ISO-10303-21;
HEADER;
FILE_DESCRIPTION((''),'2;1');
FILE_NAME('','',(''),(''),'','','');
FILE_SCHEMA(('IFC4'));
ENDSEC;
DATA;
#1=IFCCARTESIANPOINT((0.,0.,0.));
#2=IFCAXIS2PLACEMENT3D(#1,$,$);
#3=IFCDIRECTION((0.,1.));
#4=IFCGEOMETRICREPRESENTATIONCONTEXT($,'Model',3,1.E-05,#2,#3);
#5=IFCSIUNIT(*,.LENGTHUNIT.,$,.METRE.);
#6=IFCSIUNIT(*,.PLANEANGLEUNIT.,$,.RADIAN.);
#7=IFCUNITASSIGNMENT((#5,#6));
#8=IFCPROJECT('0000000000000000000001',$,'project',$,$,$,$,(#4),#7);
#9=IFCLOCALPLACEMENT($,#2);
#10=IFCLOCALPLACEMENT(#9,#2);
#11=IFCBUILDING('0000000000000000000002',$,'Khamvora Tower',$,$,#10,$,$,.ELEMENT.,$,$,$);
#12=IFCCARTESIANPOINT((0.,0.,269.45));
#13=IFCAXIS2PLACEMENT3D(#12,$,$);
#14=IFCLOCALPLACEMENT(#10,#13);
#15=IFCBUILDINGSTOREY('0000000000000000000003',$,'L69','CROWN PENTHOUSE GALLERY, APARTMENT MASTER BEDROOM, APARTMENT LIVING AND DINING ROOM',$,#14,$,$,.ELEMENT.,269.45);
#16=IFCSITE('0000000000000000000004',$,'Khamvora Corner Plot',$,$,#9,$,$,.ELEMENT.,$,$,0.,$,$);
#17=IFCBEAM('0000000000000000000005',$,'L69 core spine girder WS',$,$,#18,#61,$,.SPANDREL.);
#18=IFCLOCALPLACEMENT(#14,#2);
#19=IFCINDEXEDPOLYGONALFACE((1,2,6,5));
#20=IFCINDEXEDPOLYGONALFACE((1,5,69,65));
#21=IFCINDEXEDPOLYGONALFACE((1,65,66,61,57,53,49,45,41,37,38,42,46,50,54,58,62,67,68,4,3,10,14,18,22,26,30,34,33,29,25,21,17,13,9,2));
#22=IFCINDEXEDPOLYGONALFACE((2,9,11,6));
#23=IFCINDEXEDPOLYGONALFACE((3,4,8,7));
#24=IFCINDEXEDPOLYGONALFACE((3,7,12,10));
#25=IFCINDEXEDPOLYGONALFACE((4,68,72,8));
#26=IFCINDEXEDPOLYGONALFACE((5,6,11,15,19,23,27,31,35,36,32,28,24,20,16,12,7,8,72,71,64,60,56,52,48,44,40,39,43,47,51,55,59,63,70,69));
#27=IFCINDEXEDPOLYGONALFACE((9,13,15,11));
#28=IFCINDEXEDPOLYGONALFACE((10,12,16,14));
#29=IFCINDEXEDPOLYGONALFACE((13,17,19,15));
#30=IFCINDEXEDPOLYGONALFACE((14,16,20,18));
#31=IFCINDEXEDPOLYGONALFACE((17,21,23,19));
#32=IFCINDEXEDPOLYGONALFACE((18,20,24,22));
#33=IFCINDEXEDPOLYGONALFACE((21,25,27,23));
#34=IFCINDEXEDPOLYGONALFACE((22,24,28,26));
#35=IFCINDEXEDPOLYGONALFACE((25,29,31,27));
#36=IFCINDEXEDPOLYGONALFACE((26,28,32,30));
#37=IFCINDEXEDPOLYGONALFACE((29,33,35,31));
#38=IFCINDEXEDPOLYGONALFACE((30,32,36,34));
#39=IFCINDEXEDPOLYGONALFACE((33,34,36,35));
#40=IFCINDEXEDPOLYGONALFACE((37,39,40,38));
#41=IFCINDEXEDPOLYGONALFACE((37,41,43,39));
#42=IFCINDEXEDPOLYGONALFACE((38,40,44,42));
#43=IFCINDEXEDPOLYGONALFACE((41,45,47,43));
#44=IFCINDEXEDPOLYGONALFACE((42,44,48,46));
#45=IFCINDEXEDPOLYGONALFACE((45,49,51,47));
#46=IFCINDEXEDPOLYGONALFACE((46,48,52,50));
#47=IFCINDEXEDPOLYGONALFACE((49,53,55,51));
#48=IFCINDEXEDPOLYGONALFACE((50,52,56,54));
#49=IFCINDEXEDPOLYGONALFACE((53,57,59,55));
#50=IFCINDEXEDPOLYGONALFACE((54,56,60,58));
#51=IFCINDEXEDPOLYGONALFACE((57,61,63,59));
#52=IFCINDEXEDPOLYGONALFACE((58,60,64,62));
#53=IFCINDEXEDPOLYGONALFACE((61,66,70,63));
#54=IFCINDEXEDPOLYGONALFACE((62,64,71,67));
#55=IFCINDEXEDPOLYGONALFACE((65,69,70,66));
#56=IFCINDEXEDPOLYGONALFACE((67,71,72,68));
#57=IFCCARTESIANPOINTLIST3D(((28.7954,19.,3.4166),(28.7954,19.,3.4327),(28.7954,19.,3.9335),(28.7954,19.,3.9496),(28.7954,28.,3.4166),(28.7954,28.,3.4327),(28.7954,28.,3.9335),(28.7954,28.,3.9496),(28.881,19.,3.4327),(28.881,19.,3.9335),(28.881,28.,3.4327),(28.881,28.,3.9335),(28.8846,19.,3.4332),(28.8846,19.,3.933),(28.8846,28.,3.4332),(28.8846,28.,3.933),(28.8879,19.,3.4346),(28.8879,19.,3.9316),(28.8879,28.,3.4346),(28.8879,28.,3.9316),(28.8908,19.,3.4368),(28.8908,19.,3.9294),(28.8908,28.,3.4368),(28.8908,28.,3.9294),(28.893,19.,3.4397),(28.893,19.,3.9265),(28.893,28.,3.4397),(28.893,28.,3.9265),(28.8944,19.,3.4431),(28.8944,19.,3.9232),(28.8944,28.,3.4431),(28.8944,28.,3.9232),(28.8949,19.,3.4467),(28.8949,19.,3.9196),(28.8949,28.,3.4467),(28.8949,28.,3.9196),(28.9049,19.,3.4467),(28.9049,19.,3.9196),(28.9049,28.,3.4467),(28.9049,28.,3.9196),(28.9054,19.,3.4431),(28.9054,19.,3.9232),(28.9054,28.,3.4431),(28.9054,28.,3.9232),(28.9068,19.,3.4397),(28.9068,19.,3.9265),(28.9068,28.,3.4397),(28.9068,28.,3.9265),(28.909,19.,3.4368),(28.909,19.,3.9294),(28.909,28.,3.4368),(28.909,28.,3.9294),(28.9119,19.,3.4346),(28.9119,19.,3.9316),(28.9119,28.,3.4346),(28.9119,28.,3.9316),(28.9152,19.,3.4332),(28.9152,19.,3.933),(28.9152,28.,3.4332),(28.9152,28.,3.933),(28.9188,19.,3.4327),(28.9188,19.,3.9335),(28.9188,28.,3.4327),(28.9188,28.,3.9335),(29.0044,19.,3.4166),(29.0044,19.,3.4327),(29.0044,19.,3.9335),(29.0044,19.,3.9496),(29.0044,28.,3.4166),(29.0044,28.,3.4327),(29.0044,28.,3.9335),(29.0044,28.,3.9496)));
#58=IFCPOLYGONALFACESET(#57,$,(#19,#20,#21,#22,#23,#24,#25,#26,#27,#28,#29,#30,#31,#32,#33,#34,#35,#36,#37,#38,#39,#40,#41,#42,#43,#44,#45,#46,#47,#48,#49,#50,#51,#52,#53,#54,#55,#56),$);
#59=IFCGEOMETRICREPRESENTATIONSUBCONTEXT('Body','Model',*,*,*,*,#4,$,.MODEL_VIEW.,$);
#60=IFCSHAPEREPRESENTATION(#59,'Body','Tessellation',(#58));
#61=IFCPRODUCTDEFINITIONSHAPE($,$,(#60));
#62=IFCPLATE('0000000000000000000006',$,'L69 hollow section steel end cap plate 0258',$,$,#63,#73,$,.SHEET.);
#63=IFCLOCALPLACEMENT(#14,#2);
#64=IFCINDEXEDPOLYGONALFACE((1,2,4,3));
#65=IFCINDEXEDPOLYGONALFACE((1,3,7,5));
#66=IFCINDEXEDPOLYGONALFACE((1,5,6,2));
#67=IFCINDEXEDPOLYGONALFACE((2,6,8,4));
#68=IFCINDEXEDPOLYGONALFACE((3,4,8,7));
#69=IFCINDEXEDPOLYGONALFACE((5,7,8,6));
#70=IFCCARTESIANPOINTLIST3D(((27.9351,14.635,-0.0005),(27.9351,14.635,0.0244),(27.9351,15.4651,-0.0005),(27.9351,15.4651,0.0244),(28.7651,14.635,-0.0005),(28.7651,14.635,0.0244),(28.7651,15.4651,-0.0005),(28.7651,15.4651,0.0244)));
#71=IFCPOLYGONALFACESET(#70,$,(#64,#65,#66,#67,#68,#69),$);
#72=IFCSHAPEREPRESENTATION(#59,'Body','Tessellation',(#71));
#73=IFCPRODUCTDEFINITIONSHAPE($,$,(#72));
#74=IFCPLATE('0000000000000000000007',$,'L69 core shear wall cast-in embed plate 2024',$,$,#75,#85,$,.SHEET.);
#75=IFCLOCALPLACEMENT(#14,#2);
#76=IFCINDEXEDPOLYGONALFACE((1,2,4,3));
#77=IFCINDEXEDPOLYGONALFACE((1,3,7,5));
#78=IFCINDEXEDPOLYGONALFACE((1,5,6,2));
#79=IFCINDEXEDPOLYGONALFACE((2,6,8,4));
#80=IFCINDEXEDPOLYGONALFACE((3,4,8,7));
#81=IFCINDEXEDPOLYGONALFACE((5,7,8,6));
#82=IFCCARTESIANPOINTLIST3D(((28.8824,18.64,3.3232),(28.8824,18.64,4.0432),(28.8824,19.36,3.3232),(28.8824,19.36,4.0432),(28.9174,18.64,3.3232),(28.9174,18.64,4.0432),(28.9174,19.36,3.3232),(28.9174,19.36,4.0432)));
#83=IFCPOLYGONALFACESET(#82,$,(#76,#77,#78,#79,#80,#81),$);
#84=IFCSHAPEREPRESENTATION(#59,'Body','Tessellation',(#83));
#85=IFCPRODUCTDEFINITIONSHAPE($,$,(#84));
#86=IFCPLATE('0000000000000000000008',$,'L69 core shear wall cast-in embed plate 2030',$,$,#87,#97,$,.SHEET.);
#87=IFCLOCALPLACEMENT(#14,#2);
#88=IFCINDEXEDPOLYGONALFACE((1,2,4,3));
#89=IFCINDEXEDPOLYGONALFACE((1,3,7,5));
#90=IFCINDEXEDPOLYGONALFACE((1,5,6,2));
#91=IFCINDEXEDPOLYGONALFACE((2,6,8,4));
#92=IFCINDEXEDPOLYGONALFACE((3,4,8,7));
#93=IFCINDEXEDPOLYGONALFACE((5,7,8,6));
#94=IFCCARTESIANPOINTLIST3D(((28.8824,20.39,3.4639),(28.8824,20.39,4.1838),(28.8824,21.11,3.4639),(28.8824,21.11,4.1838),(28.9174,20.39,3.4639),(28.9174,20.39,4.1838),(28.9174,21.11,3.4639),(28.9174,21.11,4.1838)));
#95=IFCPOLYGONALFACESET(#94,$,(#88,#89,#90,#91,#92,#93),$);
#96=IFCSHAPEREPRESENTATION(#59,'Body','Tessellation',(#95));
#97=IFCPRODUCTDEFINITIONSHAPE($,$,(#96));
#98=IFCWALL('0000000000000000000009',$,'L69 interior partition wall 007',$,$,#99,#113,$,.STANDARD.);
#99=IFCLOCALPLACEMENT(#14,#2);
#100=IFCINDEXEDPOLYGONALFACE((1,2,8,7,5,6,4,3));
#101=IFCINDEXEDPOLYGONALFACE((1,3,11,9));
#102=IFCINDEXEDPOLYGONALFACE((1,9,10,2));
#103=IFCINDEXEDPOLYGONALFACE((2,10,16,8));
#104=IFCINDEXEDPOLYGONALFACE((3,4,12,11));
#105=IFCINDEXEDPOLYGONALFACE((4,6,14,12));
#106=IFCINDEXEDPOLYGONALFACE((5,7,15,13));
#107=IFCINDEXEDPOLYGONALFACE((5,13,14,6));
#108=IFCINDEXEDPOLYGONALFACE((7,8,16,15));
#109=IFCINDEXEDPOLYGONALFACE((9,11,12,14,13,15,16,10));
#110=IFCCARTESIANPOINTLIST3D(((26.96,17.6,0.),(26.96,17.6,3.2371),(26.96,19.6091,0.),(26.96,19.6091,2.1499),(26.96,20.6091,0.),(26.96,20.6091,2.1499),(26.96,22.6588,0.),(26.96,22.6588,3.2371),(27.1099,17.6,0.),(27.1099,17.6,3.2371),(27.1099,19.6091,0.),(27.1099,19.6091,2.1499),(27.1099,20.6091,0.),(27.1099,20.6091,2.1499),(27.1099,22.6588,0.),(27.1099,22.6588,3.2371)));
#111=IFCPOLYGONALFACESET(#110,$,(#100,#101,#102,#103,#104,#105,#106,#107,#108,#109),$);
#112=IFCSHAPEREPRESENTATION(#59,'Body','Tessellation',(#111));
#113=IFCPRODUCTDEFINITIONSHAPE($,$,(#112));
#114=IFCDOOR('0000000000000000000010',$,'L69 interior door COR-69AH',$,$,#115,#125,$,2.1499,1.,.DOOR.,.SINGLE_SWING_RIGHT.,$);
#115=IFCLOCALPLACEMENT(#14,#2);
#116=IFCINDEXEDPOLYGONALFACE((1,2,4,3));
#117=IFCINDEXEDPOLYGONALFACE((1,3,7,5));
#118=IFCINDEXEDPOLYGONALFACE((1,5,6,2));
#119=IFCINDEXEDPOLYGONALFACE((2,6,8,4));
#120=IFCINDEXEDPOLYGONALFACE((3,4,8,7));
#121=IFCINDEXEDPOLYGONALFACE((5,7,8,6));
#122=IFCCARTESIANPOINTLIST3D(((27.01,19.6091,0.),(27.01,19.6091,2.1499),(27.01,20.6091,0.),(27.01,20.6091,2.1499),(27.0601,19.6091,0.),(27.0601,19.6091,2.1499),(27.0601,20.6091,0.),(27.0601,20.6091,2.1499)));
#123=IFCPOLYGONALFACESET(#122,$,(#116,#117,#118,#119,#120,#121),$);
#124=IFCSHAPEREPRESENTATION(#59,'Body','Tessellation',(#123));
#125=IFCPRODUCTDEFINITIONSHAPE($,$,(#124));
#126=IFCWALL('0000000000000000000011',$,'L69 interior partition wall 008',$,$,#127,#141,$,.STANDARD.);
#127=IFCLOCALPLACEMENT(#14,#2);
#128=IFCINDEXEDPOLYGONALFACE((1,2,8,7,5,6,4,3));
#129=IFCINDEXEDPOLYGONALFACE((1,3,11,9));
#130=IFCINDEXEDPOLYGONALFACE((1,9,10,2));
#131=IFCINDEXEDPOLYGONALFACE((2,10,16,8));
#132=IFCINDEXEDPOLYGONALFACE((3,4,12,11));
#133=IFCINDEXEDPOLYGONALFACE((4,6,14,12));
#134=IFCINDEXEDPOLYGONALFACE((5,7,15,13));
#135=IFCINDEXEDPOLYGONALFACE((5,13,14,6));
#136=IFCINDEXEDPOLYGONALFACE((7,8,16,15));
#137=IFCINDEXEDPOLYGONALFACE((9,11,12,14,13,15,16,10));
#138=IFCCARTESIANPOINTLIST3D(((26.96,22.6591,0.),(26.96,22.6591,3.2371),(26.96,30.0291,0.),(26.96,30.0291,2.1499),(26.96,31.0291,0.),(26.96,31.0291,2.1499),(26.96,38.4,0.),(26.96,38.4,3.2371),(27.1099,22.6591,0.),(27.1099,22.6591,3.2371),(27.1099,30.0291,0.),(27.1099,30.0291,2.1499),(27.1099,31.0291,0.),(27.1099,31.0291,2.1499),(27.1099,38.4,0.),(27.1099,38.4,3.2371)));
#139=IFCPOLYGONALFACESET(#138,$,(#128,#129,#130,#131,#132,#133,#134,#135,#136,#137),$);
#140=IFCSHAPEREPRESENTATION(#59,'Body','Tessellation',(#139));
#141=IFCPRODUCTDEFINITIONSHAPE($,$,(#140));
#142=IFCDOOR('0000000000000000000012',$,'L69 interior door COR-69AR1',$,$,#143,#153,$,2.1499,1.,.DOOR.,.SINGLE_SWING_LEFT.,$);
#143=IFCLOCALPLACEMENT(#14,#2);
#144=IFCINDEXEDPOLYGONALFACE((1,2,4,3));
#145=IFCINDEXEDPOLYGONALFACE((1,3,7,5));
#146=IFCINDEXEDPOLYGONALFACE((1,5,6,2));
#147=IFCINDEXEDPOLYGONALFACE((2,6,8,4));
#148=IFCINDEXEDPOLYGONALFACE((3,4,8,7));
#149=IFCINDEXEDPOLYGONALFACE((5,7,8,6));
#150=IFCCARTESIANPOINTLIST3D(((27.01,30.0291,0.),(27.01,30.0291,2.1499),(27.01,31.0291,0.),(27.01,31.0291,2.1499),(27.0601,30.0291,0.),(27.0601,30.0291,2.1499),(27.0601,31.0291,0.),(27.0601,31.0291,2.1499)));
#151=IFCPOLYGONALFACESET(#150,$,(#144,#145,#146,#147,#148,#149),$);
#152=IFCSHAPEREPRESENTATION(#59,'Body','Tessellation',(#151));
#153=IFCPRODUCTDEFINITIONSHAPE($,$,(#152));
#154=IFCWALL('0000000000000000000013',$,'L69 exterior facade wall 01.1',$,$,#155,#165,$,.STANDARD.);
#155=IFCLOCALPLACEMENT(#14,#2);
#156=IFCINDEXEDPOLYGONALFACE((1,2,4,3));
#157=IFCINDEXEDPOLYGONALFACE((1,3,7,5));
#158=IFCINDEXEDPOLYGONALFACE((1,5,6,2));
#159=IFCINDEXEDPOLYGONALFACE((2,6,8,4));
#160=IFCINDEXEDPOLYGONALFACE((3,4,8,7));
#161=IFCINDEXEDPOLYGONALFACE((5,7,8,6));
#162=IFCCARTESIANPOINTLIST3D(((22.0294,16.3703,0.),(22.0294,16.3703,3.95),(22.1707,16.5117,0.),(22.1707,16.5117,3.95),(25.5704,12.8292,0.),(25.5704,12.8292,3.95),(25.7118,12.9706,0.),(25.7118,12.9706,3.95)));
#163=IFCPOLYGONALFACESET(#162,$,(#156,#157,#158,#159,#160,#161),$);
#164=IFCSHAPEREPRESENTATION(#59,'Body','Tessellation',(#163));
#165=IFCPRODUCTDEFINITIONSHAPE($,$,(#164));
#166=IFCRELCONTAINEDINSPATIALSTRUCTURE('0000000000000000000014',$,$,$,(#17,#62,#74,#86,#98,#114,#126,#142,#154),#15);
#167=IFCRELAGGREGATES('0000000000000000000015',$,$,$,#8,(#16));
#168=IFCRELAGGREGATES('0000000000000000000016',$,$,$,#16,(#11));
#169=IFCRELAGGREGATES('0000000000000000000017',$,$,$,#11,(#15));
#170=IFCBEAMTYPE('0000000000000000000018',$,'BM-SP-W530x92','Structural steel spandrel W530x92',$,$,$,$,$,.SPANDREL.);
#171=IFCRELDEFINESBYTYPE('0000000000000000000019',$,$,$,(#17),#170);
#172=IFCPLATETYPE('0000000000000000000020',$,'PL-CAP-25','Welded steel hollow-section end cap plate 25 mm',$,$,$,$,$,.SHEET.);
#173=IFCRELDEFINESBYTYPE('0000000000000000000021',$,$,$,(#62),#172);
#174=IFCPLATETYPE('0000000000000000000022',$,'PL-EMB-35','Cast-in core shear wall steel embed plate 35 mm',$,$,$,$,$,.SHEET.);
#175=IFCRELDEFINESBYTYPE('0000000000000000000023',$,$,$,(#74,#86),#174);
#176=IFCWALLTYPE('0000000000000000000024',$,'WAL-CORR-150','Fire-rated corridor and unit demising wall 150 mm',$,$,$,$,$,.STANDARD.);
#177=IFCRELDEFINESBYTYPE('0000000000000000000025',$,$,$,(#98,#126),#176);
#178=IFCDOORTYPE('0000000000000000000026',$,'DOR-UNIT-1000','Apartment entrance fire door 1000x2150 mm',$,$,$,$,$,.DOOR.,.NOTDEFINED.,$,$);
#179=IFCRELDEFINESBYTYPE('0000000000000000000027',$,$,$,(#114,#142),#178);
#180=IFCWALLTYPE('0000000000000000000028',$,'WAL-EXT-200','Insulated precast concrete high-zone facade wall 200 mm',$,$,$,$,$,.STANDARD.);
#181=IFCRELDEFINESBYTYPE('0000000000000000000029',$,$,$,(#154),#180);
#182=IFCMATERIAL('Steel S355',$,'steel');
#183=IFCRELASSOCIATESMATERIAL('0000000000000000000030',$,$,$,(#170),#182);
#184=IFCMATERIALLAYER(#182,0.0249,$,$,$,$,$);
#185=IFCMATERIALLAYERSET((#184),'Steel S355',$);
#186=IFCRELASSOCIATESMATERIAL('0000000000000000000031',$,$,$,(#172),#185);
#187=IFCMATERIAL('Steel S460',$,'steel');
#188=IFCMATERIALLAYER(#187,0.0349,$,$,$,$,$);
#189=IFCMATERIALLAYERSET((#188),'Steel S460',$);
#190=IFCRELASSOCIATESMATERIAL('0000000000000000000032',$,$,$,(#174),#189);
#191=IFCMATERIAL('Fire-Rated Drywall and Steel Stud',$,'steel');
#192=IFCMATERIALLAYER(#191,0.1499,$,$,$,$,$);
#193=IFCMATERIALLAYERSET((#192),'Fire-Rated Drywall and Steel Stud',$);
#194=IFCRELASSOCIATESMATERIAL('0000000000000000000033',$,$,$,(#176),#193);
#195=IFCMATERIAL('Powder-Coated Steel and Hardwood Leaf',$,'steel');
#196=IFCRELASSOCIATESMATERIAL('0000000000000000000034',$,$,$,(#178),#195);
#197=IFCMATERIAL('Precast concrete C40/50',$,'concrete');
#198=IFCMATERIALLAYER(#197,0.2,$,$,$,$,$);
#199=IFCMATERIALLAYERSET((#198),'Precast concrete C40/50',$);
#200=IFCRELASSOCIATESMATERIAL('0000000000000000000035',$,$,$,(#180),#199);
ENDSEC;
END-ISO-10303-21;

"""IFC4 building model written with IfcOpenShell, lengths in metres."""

from ifc_helpers import new_model, si_unit, direction, frame, frame_2d, origin, origin_2d, place, context, subcontext, project, spatial, rectangle, i_section, extrude, material, layer, layer_set, material_profile, profile_set, type_object, element, fill, save


model = new_model("IFC4")

# Units and contexts
model_context = context("Model", 3, precision=1e-05, world=origin(), true_north=direction((0.0, 1.0)))
body_context = subcontext(model_context, "Body", "Model", "MODEL_VIEW")
ifc_project = project(units=[si_unit("LENGTHUNIT", "METRE"), si_unit("PLANEANGLEUNIT", "RADIAN")], contexts=[model_context])

# Site, building, storey
site_placement = place(None, origin())
site = spatial("IfcSite", under=ifc_project, at=site_placement, Name="Khamvora Corner Plot", CompositionType="ELEMENT", RefElevation=0.0)
building_placement = place(site_placement, origin())
building = spatial("IfcBuilding", under=site, at=building_placement, Name="Khamvora Tower", CompositionType="ELEMENT")
storey_placement = place(building_placement, frame((0.0, 0.0, 269.45)))
storey = spatial("IfcBuildingStorey", under=building, at=storey_placement, Name="L69", Description="CROWN PENTHOUSE GALLERY, APARTMENT MASTER BEDROOM, APARTMENT LIVING AND DINING ROOM", CompositionType="ELEMENT", Elevation=269.45)

# Shared definitions
ifc_material_1 = material(Name="Steel S355", Category="steel")

# Beam
ifc_material_profile_1 = material_profile(ifc_material_1, i_section(OverallWidth=0.209, OverallDepth=0.533, WebThickness=0.01, FlangeThickness=0.0161, FilletRadius=0.0139, at=origin_2d()), Name="W530x92")
ifc_profile_set_1 = profile_set([ifc_material_profile_1], Name="Steel S355")
beam_type_1 = type_object("IfcBeamType", Name="BM-SP-W530x92", Description="Structural steel spandrel W530x92", PredefinedType="SPANDREL", material=ifc_profile_set_1)
beam_1_placement = place(storey_placement, frame((28.8999, 19.0, 3.6831), z_axis=(0.0, 1.0, 0.0), x_axis=(-1.0, 0.0, 0.0)))
element("IfcBeam", 1, at=beam_1_placement, inside=storey, type_object=beam_type_1, Name="L69 core spine girder WS", PredefinedType="SPANDREL", context=body_context, shape_type="SweptSolid", body=[
    extrude(i_section(OverallWidth=0.209, OverallDepth=0.533, WebThickness=0.01, FlangeThickness=0.0161, FilletRadius=0.0139, at=origin_2d()), origin(), (0.0, 0.0, 1.0), 9.0),
])

# Plates
ifc_layer_1 = layer(ifc_material_1, 0.0249)
ifc_layer_set_1 = layer_set([ifc_layer_1], Name="Steel S355")
plate_type_1 = type_object("IfcPlateType", Name="PL-CAP-25", Description="Welded steel hollow-section end cap plate 25 mm", PredefinedType="SHEET", material=ifc_layer_set_1)
plate_placement = place(storey_placement, frame((28.3501, 15.05, -0.0005), z_axis=(0.0, 0.0, 1.0), x_axis=(1.0, 0.0, 0.0)))
element("IfcPlate", 2, at=plate_placement, inside=storey, type_object=plate_type_1, Name="L69 hollow section steel end cap plate 0258", PredefinedType="SHEET", context=body_context, shape_type="SweptSolid", body=[
    extrude(rectangle(XDim=0.8301, YDim=0.8301, at=origin_2d()), origin(), (0.0, 0.0, 1.0), 0.0249),
])
ifc_material_2 = material(Name="Steel S460", Category="steel")
ifc_layer_2 = layer(ifc_material_2, 0.0349)
ifc_layer_set_2 = layer_set([ifc_layer_2], Name="Steel S460")
plate_type_2 = type_object("IfcPlateType", Name="PL-EMB-35", Description="Cast-in core shear wall steel embed plate 35 mm", PredefinedType="SHEET", material=ifc_layer_set_2)
for number, where, z_axis, x_axis, name in (
    (3, (28.8999, 19.0, 3.3232), (0.0, 0.0, 1.0), (1.0, 0.0, 0.0), "L69 core shear wall cast-in embed plate 2024"),
    (4, (28.8999, 20.75, 3.4639), (0.0, 0.0, 1.0), (1.0, 0.0, 0.0), "L69 core shear wall cast-in embed plate 2030"),
):
    element("IfcPlate", number, at=place(storey_placement, frame(where, z_axis=z_axis, x_axis=x_axis)), inside=storey, type_object=plate_type_2, Name=name, PredefinedType="SHEET", context=body_context, shape_type="SweptSolid", body=[
        extrude(rectangle(XDim=0.0349, YDim=0.72, at=origin_2d()), origin(), (0.0, 0.0, 1.0), 0.72),
    ])

# Walls, openings, doors
ifc_material_3 = material(Name="Fire-Rated Drywall and Steel Stud", Category="steel")
ifc_layer_3 = layer(ifc_material_3, 0.1499)
ifc_layer_set_3 = layer_set([ifc_layer_3], Name="Fire-Rated Drywall and Steel Stud")
wall_type_1 = type_object("IfcWallType", Name="WAL-CORR-150", Description="Fire-rated corridor and unit demising wall 150 mm", PredefinedType="STANDARD", material=ifc_layer_set_3)
wall_1_placement = place(storey_placement, frame((27.0349, 17.6001, 0.0), z_axis=(0.0, 0.0, 1.0), x_axis=(0.0, 1.0, 0.0)))
wall_1 = element("IfcWall", 5, at=wall_1_placement, inside=storey, type_object=wall_type_1, Name="L69 interior partition wall 007", PredefinedType="STANDARD", context=body_context, shape_type="SweptSolid", body=[
    extrude(rectangle(XDim=5.0588, YDim=0.1499, at=frame_2d((2.5293, 0.0))), origin(), (0.0, 0.0, 1.0), 3.2371),
])
opening_1_placement = place(wall_1_placement, frame((2.009, 0.0, 0.0)))
opening_1 = element("IfcOpeningElement", 6, at=opening_1_placement, cuts=wall_1, PredefinedType="OPENING", context=body_context, shape_type="SweptSolid", body=[
    extrude(rectangle(XDim=1.0, YDim=2.1499, at=frame_2d((0.5, 1.075))), frame((0.0, 0.085, 0.0), z_axis=(0.0, -1.0, 0.0), x_axis=(1.0, 0.0, 0.0)), (0.0, 0.0, 1.0), 0.1699),
])
ifc_material_4 = material(Name="Powder-Coated Steel and Hardwood Leaf", Category="steel")
door_type_1 = type_object("IfcDoorType", Name="DOR-UNIT-1000", Description="Apartment entrance fire door 1000x2150 mm", OperationType="NOTDEFINED", PredefinedType="DOOR", material=ifc_material_4)
door_1_placement = place(opening_1_placement, origin())
door_1 = element("IfcDoor", 7, at=door_1_placement, inside=storey, type_object=door_type_1, Name="L69 interior door COR-69AH", OperationType="SINGLE_SWING_RIGHT", OverallHeight=2.1499, OverallWidth=1.0, PredefinedType="DOOR", context=body_context, shape_type="SweptSolid", body=[
    extrude(rectangle(XDim=1.0, YDim=2.1499, at=frame_2d((0.5, 1.075))), frame((0.0, 0.0249, 0.0), z_axis=(0.0, -1.0, 0.0), x_axis=(1.0, 0.0, 0.0)), (0.0, 0.0, 1.0), 0.05),
])
fill(opening_1, door_1)
wall_2_placement = place(storey_placement, frame((27.0349, 22.6589, 0.0), z_axis=(0.0, 0.0, 1.0), x_axis=(0.0, 1.0, 0.0)))
wall_2 = element("IfcWall", 8, at=wall_2_placement, inside=storey, type_object=wall_type_1, Name="L69 interior partition wall 008", PredefinedType="STANDARD", context=body_context, shape_type="SweptSolid", body=[
    extrude(rectangle(XDim=15.741, YDim=0.1499, at=frame_2d((7.8706, 0.0))), origin(), (0.0, 0.0, 1.0), 3.2371),
])
opening_2_placement = place(wall_2_placement, frame((7.3701, 0.0, 0.0)))
opening_2 = element("IfcOpeningElement", 9, at=opening_2_placement, cuts=wall_2, PredefinedType="OPENING", context=body_context, shape_type="SweptSolid", body=[
    extrude(rectangle(XDim=1.0, YDim=2.1499, at=frame_2d((0.5, 1.075))), frame((0.0, 0.085, 0.0), z_axis=(0.0, -1.0, 0.0), x_axis=(1.0, 0.0, 0.0)), (0.0, 0.0, 1.0), 0.1699),
])
door_2_placement = place(opening_2_placement, origin())
door_2 = element("IfcDoor", 10, at=door_2_placement, inside=storey, type_object=door_type_1, Name="L69 interior door COR-69AR1", OperationType="SINGLE_SWING_LEFT", OverallHeight=2.1499, OverallWidth=1.0, PredefinedType="DOOR", context=body_context, shape_type="SweptSolid", body=[
    extrude(rectangle(XDim=1.0, YDim=2.1499, at=frame_2d((0.5, 1.075))), frame((0.0, 0.0249, 0.0), z_axis=(0.0, -1.0, 0.0), x_axis=(1.0, 0.0, 0.0)), (0.0, 0.0, 1.0), 0.05),
])
fill(opening_2, door_2)

# Wall
ifc_material_5 = material(Name="Precast concrete C40/50", Category="concrete")
ifc_layer_4 = layer(ifc_material_5, 0.2)
ifc_layer_set_4 = layer_set([ifc_layer_4], Name="Precast concrete C40/50")
wall_type_2 = type_object("IfcWallType", Name="WAL-EXT-200", Description="Insulated precast concrete high-zone facade wall 200 mm", PredefinedType="STANDARD", material=ifc_layer_set_4)
wall_3_placement = place(storey_placement, frame((25.6411, 12.8999, 0.0), z_axis=(0.0, 0.0, 1.0), x_axis=(-0.707107, 0.707107, 0.0)))
element("IfcWall", 11, at=wall_3_placement, inside=storey, type_object=wall_type_2, Name="L69 exterior facade wall 01.1", PredefinedType="STANDARD", context=body_context, shape_type="SweptSolid", body=[
    extrude(rectangle(XDim=5.0078, YDim=0.2, at=frame_2d((2.5039, 0.0))), origin(), (0.0, 0.0, 1.0), 3.95),
])

save(model, "model.ifc")
